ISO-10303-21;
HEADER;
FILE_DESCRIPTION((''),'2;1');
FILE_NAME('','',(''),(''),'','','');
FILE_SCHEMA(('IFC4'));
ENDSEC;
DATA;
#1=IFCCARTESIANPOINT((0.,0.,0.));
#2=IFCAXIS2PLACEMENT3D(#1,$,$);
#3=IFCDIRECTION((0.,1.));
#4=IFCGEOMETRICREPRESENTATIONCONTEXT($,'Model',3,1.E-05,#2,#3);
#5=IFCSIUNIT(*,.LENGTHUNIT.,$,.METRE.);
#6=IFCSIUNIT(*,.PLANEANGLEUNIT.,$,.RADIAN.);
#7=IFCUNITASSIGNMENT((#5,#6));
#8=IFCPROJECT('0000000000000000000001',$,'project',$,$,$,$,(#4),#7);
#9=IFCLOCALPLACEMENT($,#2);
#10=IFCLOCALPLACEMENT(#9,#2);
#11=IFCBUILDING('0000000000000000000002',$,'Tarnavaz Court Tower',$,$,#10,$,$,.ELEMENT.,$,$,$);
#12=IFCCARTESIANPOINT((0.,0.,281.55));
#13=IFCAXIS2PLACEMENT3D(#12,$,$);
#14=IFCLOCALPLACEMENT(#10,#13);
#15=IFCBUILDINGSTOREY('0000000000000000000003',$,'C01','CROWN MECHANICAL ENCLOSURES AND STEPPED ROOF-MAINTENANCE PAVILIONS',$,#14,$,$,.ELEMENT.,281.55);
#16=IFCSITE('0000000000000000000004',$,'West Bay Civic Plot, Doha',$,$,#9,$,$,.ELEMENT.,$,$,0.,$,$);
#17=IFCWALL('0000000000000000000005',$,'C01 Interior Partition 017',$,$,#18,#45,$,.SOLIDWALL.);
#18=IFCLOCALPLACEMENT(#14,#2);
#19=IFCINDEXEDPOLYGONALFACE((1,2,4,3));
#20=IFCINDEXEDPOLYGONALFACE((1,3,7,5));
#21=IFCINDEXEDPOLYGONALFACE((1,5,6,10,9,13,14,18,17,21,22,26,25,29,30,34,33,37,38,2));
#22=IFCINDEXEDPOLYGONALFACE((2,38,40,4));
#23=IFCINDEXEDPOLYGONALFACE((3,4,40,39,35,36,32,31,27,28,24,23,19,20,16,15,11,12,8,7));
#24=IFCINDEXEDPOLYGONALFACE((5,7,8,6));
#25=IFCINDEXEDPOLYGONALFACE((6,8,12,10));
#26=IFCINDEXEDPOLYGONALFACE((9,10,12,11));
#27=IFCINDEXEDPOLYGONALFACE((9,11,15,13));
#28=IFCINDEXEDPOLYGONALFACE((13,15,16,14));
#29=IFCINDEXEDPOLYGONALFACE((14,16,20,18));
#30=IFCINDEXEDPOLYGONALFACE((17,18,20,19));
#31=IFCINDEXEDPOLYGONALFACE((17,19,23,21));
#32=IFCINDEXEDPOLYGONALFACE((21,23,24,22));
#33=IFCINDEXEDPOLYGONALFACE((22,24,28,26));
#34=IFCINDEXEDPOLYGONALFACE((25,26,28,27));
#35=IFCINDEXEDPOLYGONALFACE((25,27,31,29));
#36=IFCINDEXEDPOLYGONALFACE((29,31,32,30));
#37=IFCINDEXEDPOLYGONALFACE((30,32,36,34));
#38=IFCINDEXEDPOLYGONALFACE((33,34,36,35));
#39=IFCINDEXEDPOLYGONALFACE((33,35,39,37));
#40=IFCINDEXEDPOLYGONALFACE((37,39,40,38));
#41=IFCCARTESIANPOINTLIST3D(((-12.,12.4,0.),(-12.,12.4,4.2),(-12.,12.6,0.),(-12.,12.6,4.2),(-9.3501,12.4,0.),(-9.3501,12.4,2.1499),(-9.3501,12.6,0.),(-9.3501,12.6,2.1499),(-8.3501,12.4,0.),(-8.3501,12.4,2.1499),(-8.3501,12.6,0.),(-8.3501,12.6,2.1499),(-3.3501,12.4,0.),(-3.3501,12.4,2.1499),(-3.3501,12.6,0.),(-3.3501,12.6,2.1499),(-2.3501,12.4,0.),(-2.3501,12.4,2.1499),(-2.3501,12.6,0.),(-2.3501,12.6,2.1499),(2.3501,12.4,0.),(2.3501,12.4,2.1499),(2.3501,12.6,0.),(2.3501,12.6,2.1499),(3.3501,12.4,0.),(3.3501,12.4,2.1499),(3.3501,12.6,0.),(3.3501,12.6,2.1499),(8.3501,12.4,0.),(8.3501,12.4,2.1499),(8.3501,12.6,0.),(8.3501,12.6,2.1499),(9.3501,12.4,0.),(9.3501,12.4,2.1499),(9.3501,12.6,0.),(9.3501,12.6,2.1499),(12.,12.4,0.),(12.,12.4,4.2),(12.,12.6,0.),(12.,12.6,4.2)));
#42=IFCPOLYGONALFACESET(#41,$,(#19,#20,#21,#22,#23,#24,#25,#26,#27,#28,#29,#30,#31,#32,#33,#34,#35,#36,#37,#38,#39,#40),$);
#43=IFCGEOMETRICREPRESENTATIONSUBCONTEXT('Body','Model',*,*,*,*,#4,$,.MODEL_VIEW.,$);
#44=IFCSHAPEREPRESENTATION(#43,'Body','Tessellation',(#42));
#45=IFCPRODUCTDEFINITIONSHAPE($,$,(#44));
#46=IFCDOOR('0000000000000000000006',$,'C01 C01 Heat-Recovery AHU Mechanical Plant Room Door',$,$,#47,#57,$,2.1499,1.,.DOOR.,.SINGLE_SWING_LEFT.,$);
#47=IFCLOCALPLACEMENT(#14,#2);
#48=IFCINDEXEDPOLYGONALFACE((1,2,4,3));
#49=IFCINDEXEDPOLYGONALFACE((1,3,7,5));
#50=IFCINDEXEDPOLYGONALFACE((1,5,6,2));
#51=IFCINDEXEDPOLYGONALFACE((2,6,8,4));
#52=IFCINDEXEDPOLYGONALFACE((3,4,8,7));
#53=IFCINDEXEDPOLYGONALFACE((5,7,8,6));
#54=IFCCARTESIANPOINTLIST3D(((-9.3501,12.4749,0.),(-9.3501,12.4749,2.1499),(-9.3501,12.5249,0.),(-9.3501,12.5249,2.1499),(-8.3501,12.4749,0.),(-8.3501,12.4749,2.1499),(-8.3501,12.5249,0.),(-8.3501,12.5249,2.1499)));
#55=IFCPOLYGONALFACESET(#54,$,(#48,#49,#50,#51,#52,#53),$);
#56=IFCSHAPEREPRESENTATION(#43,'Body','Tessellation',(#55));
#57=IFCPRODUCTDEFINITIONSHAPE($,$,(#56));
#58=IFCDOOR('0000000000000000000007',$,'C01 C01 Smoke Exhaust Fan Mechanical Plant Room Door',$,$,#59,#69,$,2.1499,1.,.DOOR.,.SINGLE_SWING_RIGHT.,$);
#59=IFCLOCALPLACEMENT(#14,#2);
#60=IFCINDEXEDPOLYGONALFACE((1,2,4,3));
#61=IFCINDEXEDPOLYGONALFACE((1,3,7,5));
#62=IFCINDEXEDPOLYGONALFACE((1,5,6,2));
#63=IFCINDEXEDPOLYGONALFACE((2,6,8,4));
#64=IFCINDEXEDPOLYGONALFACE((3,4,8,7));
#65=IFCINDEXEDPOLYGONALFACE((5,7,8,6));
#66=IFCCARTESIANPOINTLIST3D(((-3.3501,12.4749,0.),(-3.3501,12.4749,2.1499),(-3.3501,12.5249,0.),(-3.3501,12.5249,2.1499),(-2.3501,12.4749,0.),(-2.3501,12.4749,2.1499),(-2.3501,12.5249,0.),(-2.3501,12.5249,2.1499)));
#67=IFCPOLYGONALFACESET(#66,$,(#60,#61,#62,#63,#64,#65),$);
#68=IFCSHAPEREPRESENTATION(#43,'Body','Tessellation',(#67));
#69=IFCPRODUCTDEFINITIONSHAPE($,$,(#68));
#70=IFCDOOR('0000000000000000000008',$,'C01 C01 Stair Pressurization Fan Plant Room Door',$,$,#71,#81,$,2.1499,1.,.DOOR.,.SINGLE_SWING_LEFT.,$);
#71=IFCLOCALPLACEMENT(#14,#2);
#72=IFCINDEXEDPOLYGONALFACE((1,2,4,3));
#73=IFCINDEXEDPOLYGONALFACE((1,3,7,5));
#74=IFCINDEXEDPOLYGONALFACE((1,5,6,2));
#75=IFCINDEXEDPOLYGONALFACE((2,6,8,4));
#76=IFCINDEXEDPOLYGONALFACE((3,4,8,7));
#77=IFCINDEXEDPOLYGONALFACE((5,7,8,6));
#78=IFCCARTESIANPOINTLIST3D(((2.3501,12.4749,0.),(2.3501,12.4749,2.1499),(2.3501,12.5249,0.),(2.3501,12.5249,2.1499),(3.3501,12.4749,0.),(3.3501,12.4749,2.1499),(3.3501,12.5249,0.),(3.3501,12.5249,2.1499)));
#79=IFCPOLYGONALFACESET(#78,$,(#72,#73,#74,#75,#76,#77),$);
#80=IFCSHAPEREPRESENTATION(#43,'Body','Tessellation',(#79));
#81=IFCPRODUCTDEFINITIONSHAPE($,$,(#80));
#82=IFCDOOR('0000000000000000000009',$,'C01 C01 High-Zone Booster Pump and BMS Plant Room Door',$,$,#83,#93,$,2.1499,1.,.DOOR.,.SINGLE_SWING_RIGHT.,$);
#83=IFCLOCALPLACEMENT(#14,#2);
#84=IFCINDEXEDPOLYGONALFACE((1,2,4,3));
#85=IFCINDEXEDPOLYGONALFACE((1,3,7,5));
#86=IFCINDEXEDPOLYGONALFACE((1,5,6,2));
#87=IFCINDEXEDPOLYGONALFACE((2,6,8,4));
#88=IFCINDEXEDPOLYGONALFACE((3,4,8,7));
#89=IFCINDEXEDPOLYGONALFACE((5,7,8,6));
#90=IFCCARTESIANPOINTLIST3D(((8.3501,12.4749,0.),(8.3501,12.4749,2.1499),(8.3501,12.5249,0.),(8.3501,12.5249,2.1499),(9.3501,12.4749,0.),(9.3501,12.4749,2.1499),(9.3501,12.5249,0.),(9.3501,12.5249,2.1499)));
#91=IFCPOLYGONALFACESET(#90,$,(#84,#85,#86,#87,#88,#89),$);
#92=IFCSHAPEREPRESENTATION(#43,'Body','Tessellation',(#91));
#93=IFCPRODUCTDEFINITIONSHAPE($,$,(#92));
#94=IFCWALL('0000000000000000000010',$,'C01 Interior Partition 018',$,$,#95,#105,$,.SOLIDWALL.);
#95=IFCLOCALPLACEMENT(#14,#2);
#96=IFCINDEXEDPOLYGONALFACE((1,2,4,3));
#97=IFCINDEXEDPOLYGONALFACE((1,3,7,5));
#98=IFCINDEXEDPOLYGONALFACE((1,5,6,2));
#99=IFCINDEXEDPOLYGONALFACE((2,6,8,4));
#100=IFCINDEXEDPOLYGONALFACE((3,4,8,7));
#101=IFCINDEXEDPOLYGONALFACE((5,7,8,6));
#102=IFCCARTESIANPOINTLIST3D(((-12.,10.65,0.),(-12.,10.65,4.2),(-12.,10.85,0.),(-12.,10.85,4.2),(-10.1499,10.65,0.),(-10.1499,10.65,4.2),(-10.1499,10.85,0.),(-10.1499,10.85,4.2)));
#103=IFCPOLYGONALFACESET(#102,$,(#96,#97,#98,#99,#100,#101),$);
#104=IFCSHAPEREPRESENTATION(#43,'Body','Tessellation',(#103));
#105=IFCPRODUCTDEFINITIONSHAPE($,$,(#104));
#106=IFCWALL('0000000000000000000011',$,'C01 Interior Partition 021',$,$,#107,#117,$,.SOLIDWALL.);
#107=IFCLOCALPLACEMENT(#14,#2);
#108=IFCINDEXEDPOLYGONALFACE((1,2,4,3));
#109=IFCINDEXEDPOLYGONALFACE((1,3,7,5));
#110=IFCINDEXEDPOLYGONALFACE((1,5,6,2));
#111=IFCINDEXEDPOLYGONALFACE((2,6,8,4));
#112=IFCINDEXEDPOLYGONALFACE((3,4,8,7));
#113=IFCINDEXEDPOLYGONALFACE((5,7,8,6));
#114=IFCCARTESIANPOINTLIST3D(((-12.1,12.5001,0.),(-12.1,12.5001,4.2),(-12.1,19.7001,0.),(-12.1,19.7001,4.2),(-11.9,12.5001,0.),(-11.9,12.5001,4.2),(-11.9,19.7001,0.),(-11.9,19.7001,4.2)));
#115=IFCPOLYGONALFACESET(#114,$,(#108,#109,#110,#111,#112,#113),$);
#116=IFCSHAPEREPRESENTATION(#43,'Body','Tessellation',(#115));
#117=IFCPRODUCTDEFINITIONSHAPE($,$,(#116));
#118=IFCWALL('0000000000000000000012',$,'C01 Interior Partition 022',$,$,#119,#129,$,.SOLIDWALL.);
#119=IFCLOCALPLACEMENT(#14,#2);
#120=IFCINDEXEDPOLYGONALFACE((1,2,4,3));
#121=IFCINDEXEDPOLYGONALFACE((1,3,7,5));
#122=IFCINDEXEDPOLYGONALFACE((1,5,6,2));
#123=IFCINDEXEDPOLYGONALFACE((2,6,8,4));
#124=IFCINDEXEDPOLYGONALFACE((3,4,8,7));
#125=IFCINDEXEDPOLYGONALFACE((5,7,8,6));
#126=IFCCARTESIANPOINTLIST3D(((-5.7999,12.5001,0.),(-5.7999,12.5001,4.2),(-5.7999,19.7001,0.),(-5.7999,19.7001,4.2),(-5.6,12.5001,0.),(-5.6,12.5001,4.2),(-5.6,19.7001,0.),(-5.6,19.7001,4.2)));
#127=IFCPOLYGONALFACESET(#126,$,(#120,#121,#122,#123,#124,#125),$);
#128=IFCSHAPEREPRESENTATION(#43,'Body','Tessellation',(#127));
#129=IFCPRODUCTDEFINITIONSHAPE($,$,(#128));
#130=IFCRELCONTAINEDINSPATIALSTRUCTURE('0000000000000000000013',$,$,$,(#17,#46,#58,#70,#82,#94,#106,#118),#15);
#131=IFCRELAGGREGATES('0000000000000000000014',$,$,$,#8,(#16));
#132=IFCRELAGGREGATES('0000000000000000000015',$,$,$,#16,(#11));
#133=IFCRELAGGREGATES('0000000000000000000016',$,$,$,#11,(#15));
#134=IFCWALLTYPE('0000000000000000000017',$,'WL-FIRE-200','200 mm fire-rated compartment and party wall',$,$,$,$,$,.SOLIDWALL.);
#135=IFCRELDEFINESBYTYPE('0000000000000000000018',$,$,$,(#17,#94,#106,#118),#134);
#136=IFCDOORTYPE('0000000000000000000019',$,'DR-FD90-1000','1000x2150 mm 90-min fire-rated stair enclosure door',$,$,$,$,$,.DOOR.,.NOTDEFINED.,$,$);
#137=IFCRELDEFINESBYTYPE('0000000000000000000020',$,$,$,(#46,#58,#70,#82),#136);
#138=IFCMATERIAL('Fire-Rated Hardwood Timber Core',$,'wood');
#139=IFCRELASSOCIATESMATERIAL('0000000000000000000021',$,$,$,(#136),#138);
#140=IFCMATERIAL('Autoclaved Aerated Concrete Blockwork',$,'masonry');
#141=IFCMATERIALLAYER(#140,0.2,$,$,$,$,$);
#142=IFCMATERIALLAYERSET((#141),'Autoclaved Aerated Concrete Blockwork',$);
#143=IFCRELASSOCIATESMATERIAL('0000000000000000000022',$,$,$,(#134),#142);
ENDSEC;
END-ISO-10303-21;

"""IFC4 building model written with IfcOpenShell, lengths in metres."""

from ifc_helpers import new_model, si_unit, direction, frame, frame_2d, origin, place, context, subcontext, project, spatial, rectangle, extrude, material, layer, layer_set, type_object, element, fill, save


model = new_model("IFC4")

# Units and contexts
model_context = context("Model", 3, precision=1e-05, world=origin(), true_north=direction((0.0, 1.0)))
body_context = subcontext(model_context, "Body", "Model", "MODEL_VIEW")
ifc_project = project(units=[si_unit("LENGTHUNIT", "METRE"), si_unit("PLANEANGLEUNIT", "RADIAN")], contexts=[model_context])

# Site, building, storey
site_placement = place(None, origin())
site = spatial("IfcSite", under=ifc_project, at=site_placement, Name="West Bay Civic Plot, Doha", CompositionType="ELEMENT", RefElevation=0.0)
building_placement = place(site_placement, origin())
building = spatial("IfcBuilding", under=site, at=building_placement, Name="Tarnavaz Court Tower", CompositionType="ELEMENT")
storey_placement = place(building_placement, frame((0.0, 0.0, 281.55)))
storey = spatial("IfcBuildingStorey", under=building, at=storey_placement, Name="C01", Description="CROWN MECHANICAL ENCLOSURES AND STEPPED ROOF-MAINTENANCE PAVILIONS", CompositionType="ELEMENT", Elevation=281.55)

# Shared definitions
ifc_material_1 = material(Name="Fire-Rated Hardwood Timber Core", Category="wood")
door_type_1 = type_object("IfcDoorType", Name="DR-FD90-1000", Description="1000x2150 mm 90-min fire-rated stair enclosure door", OperationType="NOTDEFINED", PredefinedType="DOOR", material=ifc_material_1)

# Wall, openings, doors
ifc_material_2 = material(Name="Autoclaved Aerated Concrete Blockwork", Category="masonry")
ifc_layer_1 = layer(ifc_material_2, 0.2)
ifc_layer_set_1 = layer_set([ifc_layer_1], Name="Autoclaved Aerated Concrete Blockwork")
wall_type_1 = type_object("IfcWallType", Name="WL-FIRE-200", Description="200 mm fire-rated compartment and party wall", PredefinedType="SOLIDWALL", material=ifc_layer_set_1)
wall_1_placement = place(storey_placement, frame((-12.0, 12.5, 0.0), z_axis=(0.0, 0.0, 1.0), x_axis=(1.0, 0.0, 0.0)))
wall_1 = element("IfcWall", 1, at=wall_1_placement, inside=storey, type_object=wall_type_1, Name="C01 Interior Partition 017", PredefinedType="SOLIDWALL", context=body_context, shape_type="SweptSolid", body=[
    extrude(rectangle(XDim=24.0, YDim=0.2, at=frame_2d((12.0, 0.0))), origin(), (0.0, 0.0, 1.0), 4.2),
])
opening_1_placement = place(wall_1_placement, frame((2.6499, 0.0, 0.0)))
opening_1 = element("IfcOpeningElement", 2, at=opening_1_placement, cuts=wall_1, PredefinedType="OPENING", context=body_context, shape_type="SweptSolid", body=[
    extrude(rectangle(XDim=1.0, YDim=2.1499, at=frame_2d((0.5, 1.075))), frame((0.0, 0.1099, 0.0), z_axis=(0.0, -1.0, 0.0), x_axis=(1.0, 0.0, 0.0)), (0.0, 0.0, 1.0), 0.22),
])
opening_2_placement = place(wall_1_placement, frame((8.6499, 0.0, 0.0)))
opening_2 = element("IfcOpeningElement", 3, at=opening_2_placement, cuts=wall_1, PredefinedType="OPENING", context=body_context, shape_type="SweptSolid", body=[
    extrude(rectangle(XDim=1.0, YDim=2.1499, at=frame_2d((0.5, 1.075))), frame((0.0, 0.1099, 0.0), z_axis=(0.0, -1.0, 0.0), x_axis=(1.0, 0.0, 0.0)), (0.0, 0.0, 1.0), 0.22),
])
opening_3_placement = place(wall_1_placement, frame((14.3501, 0.0, 0.0)))
opening_3 = element("IfcOpeningElement", 4, at=opening_3_placement, cuts=wall_1, PredefinedType="OPENING", context=body_context, shape_type="SweptSolid", body=[
    extrude(rectangle(XDim=1.0, YDim=2.1499, at=frame_2d((0.5, 1.075))), frame((0.0, 0.1099, 0.0), z_axis=(0.0, -1.0, 0.0), x_axis=(1.0, 0.0, 0.0)), (0.0, 0.0, 1.0), 0.22),
])
opening_4_placement = place(wall_1_placement, frame((20.3501, 0.0, 0.0)))
opening_4 = element("IfcOpeningElement", 5, at=opening_4_placement, cuts=wall_1, PredefinedType="OPENING", context=body_context, shape_type="SweptSolid", body=[
    extrude(rectangle(XDim=1.0, YDim=2.1499, at=frame_2d((0.5, 1.075))), frame((0.0, 0.1099, 0.0), z_axis=(0.0, -1.0, 0.0), x_axis=(1.0, 0.0, 0.0)), (0.0, 0.0, 1.0), 0.22),
])
door_1_placement = place(opening_1_placement, origin())
door_1 = element("IfcDoor", 6, at=door_1_placement, inside=storey, type_object=door_type_1, Name="C01 C01 Heat-Recovery AHU Mechanical Plant Room Door", OperationType="SINGLE_SWING_LEFT", OverallHeight=2.1499, OverallWidth=1.0, PredefinedType="DOOR", context=body_context, shape_type="SweptSolid", body=[
    extrude(rectangle(XDim=1.0, YDim=2.1499, at=frame_2d((0.5, 1.075))), frame((0.0, 0.0249, 0.0), z_axis=(0.0, -1.0, 0.0), x_axis=(1.0, 0.0, 0.0)), (0.0, 0.0, 1.0), 0.05),
])
fill(opening_1, door_1)
door_2_placement = place(opening_2_placement, origin())
door_2 = element("IfcDoor", 7, at=door_2_placement, inside=storey, type_object=door_type_1, Name="C01 C01 Smoke Exhaust Fan Mechanical Plant Room Door", OperationType="SINGLE_SWING_RIGHT", OverallHeight=2.1499, OverallWidth=1.0, PredefinedType="DOOR", context=body_context, shape_type="SweptSolid", body=[
    extrude(rectangle(XDim=1.0, YDim=2.1499, at=frame_2d((0.5, 1.075))), frame((0.0, 0.0249, 0.0), z_axis=(0.0, -1.0, 0.0), x_axis=(1.0, 0.0, 0.0)), (0.0, 0.0, 1.0), 0.05),
])
fill(opening_2, door_2)
door_3_placement = place(opening_3_placement, origin())
door_3 = element("IfcDoor", 8, at=door_3_placement, inside=storey, type_object=door_type_1, Name="C01 C01 Stair Pressurization Fan Plant Room Door", OperationType="SINGLE_SWING_LEFT", OverallHeight=2.1499, OverallWidth=1.0, PredefinedType="DOOR", context=body_context, shape_type="SweptSolid", body=[
    extrude(rectangle(XDim=1.0, YDim=2.1499, at=frame_2d((0.5, 1.075))), frame((0.0, 0.0249, 0.0), z_axis=(0.0, -1.0, 0.0), x_axis=(1.0, 0.0, 0.0)), (0.0, 0.0, 1.0), 0.05),
])
fill(opening_3, door_3)
door_4_placement = place(opening_4_placement, origin())
door_4 = element("IfcDoor", 9, at=door_4_placement, inside=storey, type_object=door_type_1, Name="C01 C01 High-Zone Booster Pump and BMS Plant Room Door", OperationType="SINGLE_SWING_RIGHT", OverallHeight=2.1499, OverallWidth=1.0, PredefinedType="DOOR", context=body_context, shape_type="SweptSolid", body=[
    extrude(rectangle(XDim=1.0, YDim=2.1499, at=frame_2d((0.5, 1.075))), frame((0.0, 0.0249, 0.0), z_axis=(0.0, -1.0, 0.0), x_axis=(1.0, 0.0, 0.0)), (0.0, 0.0, 1.0), 0.05),
])
fill(opening_4, door_4)

# Walls
wall_2_placement = place(storey_placement, frame((-12.0, 10.75, 0.0), z_axis=(0.0, 0.0, 1.0), x_axis=(1.0, 0.0, 0.0)))
element("IfcWall", 10, at=wall_2_placement, inside=storey, type_object=wall_type_1, Name="C01 Interior Partition 018", PredefinedType="SOLIDWALL", context=body_context, shape_type="SweptSolid", body=[
    extrude(rectangle(XDim=1.8501, YDim=0.2, at=frame_2d((0.925, 0.0))), origin(), (0.0, 0.0, 1.0), 4.2),
])
for number, where, z_axis, x_axis, name in (
    (11, (-12.0, 12.5, 0.0), (0.0, 0.0, 1.0), (0.0, 1.0, 0.0), "C01 Interior Partition 021"),
    (12, (-5.7, 12.5, 0.0), (0.0, 0.0, 1.0), (0.0, 1.0, 0.0), "C01 Interior Partition 022"),
):
    element("IfcWall", number, at=place(storey_placement, frame(where, z_axis=z_axis, x_axis=x_axis)), inside=storey, type_object=wall_type_1, Name=name, PredefinedType="SOLIDWALL", context=body_context, shape_type="SweptSolid", body=[
        extrude(rectangle(XDim=7.2, YDim=0.2, at=frame_2d((3.6001, 0.0))), origin(), (0.0, 0.0, 1.0), 4.2),
    ])

save(model, "model.ifc")
